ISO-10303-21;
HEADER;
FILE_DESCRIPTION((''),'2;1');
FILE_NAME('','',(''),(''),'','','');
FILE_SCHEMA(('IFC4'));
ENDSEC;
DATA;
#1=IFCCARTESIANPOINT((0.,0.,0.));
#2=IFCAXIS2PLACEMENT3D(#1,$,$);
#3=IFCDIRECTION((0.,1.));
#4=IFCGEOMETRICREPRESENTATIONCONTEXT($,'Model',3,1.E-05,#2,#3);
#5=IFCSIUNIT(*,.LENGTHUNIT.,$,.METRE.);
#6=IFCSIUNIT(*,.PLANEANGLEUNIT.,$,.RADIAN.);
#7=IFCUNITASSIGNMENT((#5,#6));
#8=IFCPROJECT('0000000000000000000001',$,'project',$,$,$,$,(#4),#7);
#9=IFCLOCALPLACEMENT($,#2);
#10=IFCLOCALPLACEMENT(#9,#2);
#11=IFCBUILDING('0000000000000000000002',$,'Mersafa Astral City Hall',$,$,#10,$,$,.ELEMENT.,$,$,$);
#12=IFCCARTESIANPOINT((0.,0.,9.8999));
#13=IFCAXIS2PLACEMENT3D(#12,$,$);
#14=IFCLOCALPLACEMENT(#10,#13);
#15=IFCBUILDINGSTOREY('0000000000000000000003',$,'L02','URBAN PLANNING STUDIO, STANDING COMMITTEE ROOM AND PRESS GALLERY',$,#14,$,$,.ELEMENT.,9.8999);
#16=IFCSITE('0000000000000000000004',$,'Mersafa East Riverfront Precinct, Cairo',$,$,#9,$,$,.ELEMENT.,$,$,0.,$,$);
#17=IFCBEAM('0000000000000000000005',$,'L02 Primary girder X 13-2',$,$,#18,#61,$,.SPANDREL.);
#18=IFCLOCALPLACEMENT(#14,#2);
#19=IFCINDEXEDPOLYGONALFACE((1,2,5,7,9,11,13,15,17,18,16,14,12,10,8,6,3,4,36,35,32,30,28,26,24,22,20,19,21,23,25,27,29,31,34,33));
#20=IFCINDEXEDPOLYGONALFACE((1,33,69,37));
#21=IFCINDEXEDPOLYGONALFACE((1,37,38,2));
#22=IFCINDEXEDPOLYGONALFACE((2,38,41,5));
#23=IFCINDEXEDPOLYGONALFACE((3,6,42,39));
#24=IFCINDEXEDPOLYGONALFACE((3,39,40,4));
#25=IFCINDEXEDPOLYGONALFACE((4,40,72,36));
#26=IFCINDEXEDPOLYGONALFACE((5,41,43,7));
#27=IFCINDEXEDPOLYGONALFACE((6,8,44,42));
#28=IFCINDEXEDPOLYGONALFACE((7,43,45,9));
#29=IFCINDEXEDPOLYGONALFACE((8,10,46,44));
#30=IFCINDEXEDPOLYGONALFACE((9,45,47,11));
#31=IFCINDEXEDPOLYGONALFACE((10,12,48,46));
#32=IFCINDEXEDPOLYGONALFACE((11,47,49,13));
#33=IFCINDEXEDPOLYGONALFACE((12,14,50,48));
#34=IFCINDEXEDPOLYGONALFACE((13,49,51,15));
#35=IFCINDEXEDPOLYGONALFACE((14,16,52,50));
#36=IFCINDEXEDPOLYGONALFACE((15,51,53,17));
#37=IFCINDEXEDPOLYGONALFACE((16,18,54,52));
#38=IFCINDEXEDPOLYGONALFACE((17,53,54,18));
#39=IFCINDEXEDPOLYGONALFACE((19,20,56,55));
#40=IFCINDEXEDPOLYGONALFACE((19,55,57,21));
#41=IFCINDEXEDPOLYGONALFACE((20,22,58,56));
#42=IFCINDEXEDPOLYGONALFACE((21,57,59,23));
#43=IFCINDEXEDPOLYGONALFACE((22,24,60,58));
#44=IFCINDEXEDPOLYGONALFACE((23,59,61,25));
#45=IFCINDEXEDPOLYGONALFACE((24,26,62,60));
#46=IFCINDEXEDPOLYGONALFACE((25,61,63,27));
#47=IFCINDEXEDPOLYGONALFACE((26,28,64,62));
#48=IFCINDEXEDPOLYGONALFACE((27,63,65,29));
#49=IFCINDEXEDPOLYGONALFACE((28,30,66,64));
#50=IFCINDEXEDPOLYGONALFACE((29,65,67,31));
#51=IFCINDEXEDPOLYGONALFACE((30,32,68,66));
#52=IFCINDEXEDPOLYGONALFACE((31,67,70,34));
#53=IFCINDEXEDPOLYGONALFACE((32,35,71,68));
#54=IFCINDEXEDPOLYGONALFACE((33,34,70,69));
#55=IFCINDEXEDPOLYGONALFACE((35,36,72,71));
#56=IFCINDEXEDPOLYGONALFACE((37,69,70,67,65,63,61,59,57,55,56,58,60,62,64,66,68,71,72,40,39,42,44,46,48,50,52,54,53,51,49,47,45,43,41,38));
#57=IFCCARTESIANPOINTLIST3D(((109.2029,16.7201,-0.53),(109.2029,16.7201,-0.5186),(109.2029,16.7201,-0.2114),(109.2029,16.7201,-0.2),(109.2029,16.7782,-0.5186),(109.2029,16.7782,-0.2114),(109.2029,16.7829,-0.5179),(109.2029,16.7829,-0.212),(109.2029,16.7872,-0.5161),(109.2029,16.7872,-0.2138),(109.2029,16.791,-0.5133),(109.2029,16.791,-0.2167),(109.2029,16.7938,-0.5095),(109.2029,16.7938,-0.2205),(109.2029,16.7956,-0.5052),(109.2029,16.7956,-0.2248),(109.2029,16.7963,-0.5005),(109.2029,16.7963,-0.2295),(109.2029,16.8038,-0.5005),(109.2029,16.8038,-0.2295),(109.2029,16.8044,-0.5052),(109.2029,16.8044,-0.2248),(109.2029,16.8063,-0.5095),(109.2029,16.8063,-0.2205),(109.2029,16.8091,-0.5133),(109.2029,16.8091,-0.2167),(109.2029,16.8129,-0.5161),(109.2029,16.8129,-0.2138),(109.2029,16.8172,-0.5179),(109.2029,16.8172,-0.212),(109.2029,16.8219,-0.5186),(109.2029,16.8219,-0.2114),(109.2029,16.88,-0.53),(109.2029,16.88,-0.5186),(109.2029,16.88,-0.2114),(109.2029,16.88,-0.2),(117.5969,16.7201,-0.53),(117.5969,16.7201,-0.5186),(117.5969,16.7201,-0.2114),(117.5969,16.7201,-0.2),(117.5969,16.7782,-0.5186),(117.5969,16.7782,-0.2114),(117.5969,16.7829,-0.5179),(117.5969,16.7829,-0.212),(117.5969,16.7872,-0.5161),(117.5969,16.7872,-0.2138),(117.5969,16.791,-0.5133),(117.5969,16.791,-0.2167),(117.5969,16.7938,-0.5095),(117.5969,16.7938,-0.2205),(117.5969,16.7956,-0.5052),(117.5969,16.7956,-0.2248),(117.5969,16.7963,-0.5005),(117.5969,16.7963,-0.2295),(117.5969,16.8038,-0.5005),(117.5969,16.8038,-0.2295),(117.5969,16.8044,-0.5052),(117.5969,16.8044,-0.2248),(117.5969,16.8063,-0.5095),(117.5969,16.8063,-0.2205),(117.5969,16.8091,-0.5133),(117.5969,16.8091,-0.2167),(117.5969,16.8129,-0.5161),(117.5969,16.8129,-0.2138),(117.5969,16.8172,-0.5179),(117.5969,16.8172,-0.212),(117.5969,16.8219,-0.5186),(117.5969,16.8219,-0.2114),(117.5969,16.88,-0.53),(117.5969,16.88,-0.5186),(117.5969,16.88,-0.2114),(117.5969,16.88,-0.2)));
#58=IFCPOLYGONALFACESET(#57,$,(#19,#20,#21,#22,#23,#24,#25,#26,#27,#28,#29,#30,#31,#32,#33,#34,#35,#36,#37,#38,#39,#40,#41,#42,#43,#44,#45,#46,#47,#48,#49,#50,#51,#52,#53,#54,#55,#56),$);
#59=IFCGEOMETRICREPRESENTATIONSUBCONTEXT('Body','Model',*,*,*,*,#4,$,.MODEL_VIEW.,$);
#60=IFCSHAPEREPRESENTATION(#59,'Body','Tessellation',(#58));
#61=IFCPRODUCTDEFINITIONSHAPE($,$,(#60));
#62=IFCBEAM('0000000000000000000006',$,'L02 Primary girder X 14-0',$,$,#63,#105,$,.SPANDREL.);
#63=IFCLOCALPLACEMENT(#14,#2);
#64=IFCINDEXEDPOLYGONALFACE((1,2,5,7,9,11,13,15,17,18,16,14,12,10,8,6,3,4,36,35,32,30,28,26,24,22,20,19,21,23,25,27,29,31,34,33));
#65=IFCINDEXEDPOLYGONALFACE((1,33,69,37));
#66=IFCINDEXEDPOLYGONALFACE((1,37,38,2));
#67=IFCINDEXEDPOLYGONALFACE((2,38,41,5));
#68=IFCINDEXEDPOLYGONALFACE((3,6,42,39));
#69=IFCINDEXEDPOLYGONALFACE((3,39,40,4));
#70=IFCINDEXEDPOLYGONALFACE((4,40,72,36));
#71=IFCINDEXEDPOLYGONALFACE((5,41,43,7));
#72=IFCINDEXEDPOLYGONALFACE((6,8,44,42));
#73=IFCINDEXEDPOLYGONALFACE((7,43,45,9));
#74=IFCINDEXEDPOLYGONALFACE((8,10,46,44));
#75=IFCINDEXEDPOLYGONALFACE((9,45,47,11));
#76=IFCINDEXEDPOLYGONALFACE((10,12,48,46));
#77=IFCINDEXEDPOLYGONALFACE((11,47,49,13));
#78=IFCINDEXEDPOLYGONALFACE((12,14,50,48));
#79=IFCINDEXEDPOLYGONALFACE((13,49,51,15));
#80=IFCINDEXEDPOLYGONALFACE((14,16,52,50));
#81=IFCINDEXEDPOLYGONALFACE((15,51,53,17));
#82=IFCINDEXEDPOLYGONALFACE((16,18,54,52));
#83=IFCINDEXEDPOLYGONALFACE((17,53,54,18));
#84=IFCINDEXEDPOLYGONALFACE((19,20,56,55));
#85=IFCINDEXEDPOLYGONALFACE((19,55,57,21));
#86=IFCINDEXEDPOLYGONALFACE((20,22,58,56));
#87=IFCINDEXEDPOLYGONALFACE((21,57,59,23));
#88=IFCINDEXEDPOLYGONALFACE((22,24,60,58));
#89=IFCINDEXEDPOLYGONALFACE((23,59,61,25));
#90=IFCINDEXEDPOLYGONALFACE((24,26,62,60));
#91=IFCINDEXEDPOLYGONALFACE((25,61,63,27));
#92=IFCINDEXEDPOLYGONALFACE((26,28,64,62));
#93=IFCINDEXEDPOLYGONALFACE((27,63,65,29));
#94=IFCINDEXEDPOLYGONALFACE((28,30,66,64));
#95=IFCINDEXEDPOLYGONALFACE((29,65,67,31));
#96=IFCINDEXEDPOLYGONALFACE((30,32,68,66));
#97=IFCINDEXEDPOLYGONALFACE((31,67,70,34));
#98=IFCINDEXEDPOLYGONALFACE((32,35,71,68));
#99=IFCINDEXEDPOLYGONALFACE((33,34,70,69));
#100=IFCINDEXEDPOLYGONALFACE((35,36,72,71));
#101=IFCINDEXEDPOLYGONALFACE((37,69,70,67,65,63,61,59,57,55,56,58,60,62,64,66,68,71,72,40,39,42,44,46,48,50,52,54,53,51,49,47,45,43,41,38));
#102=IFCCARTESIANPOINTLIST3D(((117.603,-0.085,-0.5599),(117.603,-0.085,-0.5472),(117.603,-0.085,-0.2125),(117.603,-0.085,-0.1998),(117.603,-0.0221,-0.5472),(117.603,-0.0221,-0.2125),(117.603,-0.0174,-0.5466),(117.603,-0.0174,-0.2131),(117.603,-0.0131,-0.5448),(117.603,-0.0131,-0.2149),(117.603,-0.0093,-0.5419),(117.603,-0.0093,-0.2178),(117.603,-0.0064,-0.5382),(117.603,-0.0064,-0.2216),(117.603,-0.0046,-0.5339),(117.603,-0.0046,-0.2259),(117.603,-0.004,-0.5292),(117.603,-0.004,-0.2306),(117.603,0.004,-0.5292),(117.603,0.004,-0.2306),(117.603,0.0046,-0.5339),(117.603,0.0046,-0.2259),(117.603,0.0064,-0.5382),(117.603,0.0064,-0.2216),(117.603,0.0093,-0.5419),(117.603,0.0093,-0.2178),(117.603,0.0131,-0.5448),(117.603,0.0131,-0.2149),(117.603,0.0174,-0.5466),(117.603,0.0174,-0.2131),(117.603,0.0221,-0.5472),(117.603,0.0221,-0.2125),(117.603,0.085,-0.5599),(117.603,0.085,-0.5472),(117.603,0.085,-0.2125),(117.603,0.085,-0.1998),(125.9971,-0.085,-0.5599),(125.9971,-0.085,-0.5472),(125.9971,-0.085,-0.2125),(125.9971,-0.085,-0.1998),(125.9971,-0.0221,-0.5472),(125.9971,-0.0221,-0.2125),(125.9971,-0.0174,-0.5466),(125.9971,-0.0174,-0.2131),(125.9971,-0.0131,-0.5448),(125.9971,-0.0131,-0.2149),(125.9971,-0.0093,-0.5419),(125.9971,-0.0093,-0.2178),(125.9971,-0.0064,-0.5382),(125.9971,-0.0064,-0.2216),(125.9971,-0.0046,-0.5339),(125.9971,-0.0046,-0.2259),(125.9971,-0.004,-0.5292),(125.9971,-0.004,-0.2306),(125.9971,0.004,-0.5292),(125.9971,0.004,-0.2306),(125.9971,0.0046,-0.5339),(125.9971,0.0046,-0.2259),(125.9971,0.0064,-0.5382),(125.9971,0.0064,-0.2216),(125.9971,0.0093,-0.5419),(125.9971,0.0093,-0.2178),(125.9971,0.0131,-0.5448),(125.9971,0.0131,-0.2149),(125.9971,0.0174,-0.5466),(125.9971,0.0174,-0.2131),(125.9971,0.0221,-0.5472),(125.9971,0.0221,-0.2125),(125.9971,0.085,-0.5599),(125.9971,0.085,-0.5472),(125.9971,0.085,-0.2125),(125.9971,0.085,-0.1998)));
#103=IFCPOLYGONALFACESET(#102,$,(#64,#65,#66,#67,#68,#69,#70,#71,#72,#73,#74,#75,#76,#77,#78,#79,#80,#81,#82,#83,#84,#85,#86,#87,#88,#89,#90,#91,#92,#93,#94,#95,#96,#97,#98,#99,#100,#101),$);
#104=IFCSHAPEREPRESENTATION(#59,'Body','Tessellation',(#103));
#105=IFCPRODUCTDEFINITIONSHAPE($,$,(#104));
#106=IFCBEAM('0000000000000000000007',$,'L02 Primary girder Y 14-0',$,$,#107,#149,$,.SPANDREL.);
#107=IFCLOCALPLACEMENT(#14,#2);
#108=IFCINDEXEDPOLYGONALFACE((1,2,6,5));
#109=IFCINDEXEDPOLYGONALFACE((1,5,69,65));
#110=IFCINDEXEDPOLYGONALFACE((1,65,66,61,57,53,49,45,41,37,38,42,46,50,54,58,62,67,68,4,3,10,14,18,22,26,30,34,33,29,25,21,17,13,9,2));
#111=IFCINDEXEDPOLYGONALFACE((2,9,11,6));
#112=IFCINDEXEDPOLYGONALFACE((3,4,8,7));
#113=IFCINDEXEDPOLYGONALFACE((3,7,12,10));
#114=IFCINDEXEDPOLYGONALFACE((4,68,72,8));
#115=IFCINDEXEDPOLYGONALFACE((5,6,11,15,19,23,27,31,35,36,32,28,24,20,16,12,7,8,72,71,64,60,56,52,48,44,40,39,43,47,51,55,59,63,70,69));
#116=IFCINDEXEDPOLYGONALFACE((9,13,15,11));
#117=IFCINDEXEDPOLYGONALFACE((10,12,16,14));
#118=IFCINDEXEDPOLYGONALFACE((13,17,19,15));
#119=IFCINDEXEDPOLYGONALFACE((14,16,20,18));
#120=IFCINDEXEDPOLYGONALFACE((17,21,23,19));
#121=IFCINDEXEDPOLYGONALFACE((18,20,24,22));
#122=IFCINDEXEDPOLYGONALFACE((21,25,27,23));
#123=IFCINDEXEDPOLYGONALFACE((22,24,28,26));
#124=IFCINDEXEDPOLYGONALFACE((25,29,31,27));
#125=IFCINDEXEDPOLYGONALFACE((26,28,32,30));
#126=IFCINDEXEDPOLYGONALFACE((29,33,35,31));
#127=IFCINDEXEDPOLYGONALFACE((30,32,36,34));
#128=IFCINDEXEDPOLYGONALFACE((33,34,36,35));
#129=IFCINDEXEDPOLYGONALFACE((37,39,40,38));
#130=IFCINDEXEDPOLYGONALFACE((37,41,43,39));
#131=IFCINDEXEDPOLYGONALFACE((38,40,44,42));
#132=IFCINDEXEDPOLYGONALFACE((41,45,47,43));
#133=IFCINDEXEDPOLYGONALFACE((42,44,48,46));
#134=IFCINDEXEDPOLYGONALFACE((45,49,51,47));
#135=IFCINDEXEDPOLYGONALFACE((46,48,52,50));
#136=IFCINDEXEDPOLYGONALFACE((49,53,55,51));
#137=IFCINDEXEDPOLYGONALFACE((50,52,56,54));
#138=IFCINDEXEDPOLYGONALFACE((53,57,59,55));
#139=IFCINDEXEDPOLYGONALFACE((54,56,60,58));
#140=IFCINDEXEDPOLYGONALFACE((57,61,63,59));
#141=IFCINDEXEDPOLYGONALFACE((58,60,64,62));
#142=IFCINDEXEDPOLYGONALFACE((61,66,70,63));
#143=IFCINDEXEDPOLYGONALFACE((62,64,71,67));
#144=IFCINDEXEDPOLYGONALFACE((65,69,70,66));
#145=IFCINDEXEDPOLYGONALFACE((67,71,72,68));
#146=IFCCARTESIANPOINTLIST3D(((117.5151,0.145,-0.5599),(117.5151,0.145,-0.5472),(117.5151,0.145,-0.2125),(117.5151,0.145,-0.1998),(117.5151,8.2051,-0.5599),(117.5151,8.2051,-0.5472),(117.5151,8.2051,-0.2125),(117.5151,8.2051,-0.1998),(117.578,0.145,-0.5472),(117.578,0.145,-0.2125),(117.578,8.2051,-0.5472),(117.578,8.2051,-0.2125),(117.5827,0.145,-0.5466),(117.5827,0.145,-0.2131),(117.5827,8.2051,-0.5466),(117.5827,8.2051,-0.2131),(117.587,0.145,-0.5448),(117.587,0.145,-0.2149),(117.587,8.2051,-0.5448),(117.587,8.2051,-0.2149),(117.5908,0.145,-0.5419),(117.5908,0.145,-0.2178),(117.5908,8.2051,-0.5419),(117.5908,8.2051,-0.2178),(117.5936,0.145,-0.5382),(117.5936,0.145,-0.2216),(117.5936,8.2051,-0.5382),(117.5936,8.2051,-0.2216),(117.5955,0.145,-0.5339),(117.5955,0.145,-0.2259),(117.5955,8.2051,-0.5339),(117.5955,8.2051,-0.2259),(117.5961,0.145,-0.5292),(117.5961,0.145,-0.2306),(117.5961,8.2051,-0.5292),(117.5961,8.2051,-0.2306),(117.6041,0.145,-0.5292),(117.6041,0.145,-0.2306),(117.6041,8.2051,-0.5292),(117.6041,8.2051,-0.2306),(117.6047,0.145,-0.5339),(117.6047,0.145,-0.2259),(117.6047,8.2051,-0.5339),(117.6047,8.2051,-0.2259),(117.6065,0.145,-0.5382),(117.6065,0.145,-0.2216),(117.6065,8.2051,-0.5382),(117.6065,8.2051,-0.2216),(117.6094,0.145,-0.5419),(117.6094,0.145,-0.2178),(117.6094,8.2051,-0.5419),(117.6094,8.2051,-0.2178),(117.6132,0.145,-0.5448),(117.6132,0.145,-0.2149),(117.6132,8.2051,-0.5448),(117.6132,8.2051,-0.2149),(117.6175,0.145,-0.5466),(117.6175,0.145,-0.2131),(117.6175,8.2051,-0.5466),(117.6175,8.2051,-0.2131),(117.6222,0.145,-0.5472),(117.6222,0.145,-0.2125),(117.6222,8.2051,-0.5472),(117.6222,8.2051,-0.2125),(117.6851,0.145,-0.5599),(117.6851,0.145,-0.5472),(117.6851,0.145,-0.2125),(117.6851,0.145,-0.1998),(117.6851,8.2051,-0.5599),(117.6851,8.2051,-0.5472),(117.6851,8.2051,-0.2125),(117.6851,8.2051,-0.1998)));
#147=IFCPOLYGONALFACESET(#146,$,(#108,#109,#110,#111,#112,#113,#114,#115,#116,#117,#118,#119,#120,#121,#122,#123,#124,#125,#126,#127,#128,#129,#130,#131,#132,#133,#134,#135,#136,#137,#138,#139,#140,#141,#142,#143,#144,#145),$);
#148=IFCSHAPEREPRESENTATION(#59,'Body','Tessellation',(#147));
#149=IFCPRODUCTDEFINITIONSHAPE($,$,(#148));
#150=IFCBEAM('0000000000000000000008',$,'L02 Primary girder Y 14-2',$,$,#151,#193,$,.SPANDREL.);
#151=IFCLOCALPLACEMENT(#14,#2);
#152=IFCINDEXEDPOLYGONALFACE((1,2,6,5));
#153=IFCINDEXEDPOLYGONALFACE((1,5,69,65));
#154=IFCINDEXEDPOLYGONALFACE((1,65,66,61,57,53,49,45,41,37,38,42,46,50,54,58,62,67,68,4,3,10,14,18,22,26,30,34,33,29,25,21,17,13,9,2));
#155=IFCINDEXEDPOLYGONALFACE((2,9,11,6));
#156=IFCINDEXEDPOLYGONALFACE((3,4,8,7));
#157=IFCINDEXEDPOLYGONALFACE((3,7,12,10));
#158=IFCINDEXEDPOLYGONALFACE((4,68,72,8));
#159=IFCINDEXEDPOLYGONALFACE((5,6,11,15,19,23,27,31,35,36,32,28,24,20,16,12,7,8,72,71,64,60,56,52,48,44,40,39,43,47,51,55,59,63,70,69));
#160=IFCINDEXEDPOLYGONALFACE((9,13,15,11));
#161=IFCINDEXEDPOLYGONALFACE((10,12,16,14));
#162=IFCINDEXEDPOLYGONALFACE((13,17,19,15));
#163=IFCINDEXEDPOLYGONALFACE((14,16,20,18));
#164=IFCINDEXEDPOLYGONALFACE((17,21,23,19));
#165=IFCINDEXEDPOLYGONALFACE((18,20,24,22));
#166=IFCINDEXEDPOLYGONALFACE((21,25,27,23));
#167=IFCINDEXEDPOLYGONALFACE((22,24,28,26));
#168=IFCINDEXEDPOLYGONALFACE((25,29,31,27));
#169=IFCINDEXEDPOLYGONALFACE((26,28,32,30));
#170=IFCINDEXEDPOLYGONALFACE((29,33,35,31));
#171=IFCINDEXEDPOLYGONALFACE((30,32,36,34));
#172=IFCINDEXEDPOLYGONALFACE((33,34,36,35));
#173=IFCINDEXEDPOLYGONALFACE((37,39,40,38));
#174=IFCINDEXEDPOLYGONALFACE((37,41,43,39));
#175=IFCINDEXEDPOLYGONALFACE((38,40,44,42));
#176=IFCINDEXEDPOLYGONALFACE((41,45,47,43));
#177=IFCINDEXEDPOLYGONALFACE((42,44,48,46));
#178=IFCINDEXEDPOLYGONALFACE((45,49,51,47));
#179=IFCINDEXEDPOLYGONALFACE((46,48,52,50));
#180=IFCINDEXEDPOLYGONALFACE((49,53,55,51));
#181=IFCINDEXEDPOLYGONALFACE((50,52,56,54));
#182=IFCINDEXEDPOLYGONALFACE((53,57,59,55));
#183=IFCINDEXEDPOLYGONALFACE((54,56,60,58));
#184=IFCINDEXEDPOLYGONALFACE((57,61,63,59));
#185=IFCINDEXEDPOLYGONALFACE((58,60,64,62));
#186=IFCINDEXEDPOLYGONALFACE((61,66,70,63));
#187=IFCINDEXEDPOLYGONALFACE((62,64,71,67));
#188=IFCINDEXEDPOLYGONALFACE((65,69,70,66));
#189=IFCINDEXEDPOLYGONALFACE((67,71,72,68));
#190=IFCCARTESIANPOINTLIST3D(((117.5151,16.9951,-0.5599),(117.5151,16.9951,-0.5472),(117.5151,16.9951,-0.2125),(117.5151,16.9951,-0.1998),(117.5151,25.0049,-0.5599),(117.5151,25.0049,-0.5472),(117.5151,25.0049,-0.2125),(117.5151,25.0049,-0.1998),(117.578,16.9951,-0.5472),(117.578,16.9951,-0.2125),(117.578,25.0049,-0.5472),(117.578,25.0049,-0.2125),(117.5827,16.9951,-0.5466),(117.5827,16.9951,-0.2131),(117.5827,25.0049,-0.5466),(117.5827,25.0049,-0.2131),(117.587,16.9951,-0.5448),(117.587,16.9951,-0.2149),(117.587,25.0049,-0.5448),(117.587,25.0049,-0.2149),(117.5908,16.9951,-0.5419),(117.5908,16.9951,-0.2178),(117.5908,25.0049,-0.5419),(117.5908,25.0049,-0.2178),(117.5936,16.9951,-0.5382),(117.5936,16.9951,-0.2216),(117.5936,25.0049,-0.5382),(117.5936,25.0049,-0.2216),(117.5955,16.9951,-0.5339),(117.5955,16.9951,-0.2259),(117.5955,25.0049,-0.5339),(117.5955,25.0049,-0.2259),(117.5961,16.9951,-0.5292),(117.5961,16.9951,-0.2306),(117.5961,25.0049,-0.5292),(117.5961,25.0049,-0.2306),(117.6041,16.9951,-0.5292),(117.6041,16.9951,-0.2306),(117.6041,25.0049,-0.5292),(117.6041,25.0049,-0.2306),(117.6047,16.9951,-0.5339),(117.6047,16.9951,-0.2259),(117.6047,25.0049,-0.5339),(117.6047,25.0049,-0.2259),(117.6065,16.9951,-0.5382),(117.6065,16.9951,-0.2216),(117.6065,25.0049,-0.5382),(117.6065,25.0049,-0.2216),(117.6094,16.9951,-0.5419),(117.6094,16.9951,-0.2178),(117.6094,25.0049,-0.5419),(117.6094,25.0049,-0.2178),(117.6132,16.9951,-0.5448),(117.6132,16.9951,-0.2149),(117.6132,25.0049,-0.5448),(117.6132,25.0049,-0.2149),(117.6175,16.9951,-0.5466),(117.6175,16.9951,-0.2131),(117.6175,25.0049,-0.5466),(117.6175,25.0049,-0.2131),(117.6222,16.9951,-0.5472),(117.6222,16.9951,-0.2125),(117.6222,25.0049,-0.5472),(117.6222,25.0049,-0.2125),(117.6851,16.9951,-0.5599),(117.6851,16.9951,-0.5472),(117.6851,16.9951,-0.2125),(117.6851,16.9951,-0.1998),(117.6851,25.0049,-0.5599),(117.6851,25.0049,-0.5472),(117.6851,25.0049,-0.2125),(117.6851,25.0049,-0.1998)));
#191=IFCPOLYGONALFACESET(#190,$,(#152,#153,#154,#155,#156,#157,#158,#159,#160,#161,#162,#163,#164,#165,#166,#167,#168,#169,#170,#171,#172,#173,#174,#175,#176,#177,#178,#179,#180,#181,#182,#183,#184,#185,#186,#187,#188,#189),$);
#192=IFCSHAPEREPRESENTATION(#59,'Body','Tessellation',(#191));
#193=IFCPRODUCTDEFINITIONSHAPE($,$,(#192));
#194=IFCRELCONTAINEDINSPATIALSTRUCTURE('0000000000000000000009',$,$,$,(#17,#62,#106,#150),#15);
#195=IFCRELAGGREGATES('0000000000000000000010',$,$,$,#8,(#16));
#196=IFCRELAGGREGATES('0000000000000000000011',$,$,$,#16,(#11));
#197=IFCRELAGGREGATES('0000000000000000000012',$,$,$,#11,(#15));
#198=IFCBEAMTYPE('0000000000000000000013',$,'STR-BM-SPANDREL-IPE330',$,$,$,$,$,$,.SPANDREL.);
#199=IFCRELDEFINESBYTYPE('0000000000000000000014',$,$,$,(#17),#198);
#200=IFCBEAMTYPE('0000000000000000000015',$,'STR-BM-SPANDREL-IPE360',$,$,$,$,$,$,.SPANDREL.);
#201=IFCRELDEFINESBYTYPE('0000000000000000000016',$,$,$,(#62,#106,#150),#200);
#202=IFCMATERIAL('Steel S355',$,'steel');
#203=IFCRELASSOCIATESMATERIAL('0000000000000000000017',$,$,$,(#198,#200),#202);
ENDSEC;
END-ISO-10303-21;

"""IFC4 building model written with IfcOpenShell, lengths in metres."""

from ifc_helpers import new_model, si_unit, direction, frame, origin, origin_2d, place, context, subcontext, project, spatial, i_section, extrude, material, material_profile, profile_set, type_object, element, save


model = new_model("IFC4")

# Units and contexts
model_context = context("Model", 3, precision=1e-05, world=origin(), true_north=direction((0.0, 1.0)))
body_context = subcontext(model_context, "Body", "Model", "MODEL_VIEW")
ifc_project = project(units=[si_unit("LENGTHUNIT", "METRE"), si_unit("PLANEANGLEUNIT", "RADIAN")], contexts=[model_context])

# Site, building, storey
site_placement = place(None, origin())
site = spatial("IfcSite", under=ifc_project, at=site_placement, Name="Mersafa East Riverfront Precinct, Cairo", CompositionType="ELEMENT", RefElevation=0.0)
building_placement = place(site_placement, origin())
building = spatial("IfcBuilding", under=site, at=building_placement, Name="Mersafa Astral City Hall", CompositionType="ELEMENT")
storey_placement = place(building_placement, frame((0.0, 0.0, 9.8999)))
storey = spatial("IfcBuildingStorey", under=building, at=storey_placement, Name="L02", Description="URBAN PLANNING STUDIO, STANDING COMMITTEE ROOM AND PRESS GALLERY", CompositionType="ELEMENT", Elevation=9.8999)

# Shared definitions
ifc_material_1 = material(Name="Steel S355", Category="steel")

# Beams
ifc_material_profile_1 = material_profile(ifc_material_1, i_section(OverallWidth=0.1599, OverallDepth=0.3301, WebThickness=0.0076, FlangeThickness=0.0115, FilletRadius=0.0181, at=origin_2d()), Name="IPE 330")
ifc_profile_set_1 = profile_set([ifc_material_profile_1], Name="Steel S355")
beam_type_1 = type_object("IfcBeamType", Name="STR-BM-SPANDREL-IPE330", PredefinedType="SPANDREL", material=ifc_profile_set_1)
for number, where, z_axis, x_axis, name in (
    (1, (109.2029, 16.8, -0.365), (1.0, 0.0, 0.0), (0.0, 1.0, 0.0), "L02 Primary girder X 13-2"),
):
    element("IfcBeam", number, at=place(storey_placement, frame(where, z_axis=z_axis, x_axis=x_axis)), inside=storey, type_object=beam_type_1, Name=name, PredefinedType="SPANDREL", context=body_context, shape_type="SweptSolid", body=[
        extrude(i_section(OverallWidth=0.1599, OverallDepth=0.3301, WebThickness=0.0076, FlangeThickness=0.0115, FilletRadius=0.0181, at=origin_2d()), origin(), (0.0, 0.0, 1.0), 8.394),
    ])
ifc_material_profile_2 = material_profile(ifc_material_1, i_section(OverallWidth=0.1699, OverallDepth=0.3601, WebThickness=0.0081, FlangeThickness=0.0127, FilletRadius=0.0181, at=origin_2d()), Name="IPE 360")
ifc_profile_set_2 = profile_set([ifc_material_profile_2], Name="Steel S355")
beam_type_2 = type_object("IfcBeamType", Name="STR-BM-SPANDREL-IPE360", PredefinedType="SPANDREL", material=ifc_profile_set_2)
beam_1_placement = place(storey_placement, frame((117.603, 0.0, -0.3799), z_axis=(1.0, 0.0, 0.0), x_axis=(0.0, 1.0, 0.0)))
element("IfcBeam", 2, at=beam_1_placement, inside=storey, type_object=beam_type_2, Name="L02 Primary girder X 14-0", PredefinedType="SPANDREL", context=body_context, shape_type="SweptSolid", body=[
    extrude(i_section(OverallWidth=0.1699, OverallDepth=0.3601, WebThickness=0.0081, FlangeThickness=0.0127, FilletRadius=0.0181, at=origin_2d()), origin(), (0.0, 0.0, 1.0), 8.394),
])
beam_2_placement = place(storey_placement, frame((117.6001, 0.145, -0.3799), z_axis=(0.0, 1.0, 0.0), x_axis=(-1.0, 0.0, 0.0)))
element("IfcBeam", 3, at=beam_2_placement, inside=storey, type_object=beam_type_2, Name="L02 Primary girder Y 14-0", PredefinedType="SPANDREL", context=body_context, shape_type="SweptSolid", body=[
    extrude(i_section(OverallWidth=0.1699, OverallDepth=0.3601, WebThickness=0.0081, FlangeThickness=0.0127, FilletRadius=0.0181, at=origin_2d()), origin(), (0.0, 0.0, 1.0), 8.0601),
])
beam_3_placement = place(storey_placement, frame((117.6001, 16.9951, -0.3799), z_axis=(0.0, 1.0, 0.0), x_axis=(-1.0, 0.0, 0.0)))
element("IfcBeam", 4, at=beam_3_placement, inside=storey, type_object=beam_type_2, Name="L02 Primary girder Y 14-2", PredefinedType="SPANDREL", context=body_context, shape_type="SweptSolid", body=[
    extrude(i_section(OverallWidth=0.1699, OverallDepth=0.3601, WebThickness=0.0081, FlangeThickness=0.0127, FilletRadius=0.0181, at=origin_2d()), origin(), (0.0, 0.0, 1.0), 8.0098),
])

save(model, "model.ifc")
